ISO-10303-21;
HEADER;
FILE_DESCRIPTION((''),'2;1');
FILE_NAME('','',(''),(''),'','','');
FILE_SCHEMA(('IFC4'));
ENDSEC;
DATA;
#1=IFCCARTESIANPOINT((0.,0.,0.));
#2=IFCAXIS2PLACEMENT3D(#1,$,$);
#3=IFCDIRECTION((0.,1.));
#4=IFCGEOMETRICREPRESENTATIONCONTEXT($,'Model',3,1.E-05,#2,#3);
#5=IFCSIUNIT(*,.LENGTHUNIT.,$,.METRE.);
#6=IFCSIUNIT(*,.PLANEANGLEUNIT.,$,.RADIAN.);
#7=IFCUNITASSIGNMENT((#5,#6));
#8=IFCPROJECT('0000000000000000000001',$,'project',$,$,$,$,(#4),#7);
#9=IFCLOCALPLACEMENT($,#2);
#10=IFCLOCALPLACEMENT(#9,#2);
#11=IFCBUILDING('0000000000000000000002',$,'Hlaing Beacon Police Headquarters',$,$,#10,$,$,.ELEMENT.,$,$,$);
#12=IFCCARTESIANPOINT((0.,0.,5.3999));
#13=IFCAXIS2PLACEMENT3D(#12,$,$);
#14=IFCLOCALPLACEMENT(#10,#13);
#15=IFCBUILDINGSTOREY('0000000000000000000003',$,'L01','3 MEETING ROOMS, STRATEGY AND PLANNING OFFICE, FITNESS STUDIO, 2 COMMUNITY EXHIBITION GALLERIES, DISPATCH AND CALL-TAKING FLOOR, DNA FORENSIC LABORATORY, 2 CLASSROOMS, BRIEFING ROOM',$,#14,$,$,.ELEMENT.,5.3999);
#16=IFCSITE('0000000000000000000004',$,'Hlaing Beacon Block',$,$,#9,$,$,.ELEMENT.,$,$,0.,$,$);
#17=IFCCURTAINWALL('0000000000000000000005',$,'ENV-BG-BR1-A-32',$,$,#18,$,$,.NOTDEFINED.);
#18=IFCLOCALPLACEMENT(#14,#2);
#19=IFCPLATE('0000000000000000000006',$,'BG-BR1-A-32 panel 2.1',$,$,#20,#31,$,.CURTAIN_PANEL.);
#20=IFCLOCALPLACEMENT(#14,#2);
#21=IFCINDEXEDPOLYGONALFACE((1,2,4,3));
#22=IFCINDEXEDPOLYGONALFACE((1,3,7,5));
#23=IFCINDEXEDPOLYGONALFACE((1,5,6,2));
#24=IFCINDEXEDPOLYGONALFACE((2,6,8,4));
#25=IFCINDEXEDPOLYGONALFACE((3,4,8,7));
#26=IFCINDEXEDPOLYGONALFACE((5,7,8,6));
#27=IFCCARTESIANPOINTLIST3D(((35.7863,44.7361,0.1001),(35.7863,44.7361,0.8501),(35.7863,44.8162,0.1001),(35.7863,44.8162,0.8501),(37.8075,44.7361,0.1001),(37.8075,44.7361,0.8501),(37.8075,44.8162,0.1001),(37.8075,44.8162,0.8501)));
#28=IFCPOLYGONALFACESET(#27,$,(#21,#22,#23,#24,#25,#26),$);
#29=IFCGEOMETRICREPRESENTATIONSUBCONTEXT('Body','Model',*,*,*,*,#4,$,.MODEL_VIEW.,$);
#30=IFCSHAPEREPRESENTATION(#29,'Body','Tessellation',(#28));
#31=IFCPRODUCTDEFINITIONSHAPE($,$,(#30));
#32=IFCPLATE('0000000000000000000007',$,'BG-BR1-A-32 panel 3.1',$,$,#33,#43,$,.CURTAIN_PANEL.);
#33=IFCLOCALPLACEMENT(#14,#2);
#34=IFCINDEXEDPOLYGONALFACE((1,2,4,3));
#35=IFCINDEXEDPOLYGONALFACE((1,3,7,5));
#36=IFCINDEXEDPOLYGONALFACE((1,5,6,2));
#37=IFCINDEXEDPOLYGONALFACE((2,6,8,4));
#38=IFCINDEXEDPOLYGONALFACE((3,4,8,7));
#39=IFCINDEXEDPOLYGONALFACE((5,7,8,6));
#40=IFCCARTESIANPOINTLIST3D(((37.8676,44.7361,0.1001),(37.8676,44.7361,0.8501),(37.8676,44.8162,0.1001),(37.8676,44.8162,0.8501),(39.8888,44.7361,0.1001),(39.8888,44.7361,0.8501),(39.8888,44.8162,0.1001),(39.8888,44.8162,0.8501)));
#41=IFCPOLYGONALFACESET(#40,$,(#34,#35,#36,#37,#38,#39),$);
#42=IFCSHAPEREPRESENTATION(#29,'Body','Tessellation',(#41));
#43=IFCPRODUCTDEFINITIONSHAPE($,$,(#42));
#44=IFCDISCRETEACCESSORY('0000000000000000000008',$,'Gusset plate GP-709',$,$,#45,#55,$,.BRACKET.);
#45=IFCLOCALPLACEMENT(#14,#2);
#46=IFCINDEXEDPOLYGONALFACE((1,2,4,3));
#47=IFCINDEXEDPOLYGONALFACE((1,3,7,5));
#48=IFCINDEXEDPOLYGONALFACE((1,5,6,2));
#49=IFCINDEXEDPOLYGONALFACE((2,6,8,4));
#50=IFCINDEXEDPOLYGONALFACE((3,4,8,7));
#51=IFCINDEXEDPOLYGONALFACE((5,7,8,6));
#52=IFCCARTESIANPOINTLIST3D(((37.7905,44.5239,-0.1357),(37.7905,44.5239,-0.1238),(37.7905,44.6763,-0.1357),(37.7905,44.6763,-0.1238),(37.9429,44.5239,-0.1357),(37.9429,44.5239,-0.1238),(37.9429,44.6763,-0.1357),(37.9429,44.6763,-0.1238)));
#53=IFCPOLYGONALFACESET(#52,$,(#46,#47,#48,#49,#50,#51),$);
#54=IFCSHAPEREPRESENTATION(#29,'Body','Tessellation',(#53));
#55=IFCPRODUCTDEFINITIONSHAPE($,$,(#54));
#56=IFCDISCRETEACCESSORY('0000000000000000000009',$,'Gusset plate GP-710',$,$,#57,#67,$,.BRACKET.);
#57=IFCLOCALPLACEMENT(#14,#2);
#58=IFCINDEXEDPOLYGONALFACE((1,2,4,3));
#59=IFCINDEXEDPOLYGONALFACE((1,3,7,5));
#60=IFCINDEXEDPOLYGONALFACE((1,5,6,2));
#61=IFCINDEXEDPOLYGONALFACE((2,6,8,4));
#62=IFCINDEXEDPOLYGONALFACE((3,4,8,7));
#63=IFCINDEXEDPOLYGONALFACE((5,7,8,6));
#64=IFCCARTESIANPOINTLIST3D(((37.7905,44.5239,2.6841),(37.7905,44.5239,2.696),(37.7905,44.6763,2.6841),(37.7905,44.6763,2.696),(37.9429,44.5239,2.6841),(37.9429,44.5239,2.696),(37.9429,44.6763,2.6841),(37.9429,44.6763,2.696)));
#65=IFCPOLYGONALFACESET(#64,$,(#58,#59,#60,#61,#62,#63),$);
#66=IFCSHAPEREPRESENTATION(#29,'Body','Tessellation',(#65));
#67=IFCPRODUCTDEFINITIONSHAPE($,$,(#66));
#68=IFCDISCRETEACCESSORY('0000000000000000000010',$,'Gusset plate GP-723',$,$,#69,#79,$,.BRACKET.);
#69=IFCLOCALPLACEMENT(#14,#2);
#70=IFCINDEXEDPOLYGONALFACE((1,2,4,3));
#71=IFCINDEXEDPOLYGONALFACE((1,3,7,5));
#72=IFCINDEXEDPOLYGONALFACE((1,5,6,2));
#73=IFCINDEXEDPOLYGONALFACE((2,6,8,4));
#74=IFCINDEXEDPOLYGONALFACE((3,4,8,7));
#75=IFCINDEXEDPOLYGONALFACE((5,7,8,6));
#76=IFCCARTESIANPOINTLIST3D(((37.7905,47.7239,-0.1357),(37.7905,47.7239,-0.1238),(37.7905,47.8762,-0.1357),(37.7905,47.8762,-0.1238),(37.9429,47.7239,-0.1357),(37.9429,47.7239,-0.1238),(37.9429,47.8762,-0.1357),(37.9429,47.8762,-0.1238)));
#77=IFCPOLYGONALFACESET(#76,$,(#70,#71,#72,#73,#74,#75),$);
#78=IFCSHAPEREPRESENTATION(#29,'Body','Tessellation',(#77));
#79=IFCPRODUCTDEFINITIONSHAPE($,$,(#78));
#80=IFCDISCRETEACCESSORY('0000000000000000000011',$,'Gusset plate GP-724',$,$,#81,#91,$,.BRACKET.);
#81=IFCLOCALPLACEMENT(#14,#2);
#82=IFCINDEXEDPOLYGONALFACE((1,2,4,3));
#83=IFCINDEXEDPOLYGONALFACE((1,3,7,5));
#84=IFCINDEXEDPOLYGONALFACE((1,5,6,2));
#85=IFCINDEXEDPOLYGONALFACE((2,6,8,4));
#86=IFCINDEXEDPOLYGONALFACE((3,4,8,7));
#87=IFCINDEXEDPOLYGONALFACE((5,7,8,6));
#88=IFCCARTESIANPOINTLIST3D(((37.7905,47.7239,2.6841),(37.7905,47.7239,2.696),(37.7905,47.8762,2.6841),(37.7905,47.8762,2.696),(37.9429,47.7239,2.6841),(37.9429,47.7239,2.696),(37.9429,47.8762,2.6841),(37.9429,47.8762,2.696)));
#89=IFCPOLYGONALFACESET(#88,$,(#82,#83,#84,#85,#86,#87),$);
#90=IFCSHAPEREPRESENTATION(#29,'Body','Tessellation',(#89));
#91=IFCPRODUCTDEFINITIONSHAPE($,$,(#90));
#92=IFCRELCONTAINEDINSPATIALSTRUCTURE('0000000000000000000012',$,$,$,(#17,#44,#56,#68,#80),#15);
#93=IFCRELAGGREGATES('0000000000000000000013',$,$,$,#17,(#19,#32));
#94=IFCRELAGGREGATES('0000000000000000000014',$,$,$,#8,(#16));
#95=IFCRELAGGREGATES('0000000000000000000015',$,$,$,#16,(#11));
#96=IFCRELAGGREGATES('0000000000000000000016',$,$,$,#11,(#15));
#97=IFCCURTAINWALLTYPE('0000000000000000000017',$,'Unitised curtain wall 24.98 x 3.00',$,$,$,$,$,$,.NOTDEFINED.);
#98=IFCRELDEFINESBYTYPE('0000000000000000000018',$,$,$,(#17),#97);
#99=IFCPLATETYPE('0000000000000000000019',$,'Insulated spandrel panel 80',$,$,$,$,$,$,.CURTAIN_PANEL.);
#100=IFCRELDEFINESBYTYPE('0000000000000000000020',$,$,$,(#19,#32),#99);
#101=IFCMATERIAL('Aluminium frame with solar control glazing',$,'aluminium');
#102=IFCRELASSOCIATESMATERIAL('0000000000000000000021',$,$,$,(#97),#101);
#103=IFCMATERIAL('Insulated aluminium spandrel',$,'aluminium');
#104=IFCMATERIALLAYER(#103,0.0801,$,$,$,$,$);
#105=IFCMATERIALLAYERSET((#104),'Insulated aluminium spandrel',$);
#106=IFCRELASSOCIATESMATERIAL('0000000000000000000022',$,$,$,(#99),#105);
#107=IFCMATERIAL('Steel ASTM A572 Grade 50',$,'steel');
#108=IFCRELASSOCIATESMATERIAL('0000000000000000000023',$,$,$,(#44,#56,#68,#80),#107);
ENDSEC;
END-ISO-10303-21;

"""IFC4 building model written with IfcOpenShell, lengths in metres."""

from ifc_helpers import new_model, si_unit, direction, frame, origin, origin_2d, place, context, subcontext, project, spatial, rectangle, extrude, material, layer, layer_set, type_object, element, aggregate, save


model = new_model("IFC4")

# Units and contexts
model_context = context("Model", 3, precision=1e-05, world=origin(), true_north=direction((0.0, 1.0)))
body_context = subcontext(model_context, "Body", "Model", "MODEL_VIEW")
ifc_project = project(units=[si_unit("LENGTHUNIT", "METRE"), si_unit("PLANEANGLEUNIT", "RADIAN")], contexts=[model_context])

# Site, building, storey
site_placement = place(None, origin())
site = spatial("IfcSite", under=ifc_project, at=site_placement, Name="Hlaing Beacon Block", CompositionType="ELEMENT", RefElevation=0.0)
building_placement = place(site_placement, origin())
building = spatial("IfcBuilding", under=site, at=building_placement, Name="Hlaing Beacon Police Headquarters", CompositionType="ELEMENT")
storey_placement = place(building_placement, frame((0.0, 0.0, 5.3999)))
storey = spatial("IfcBuildingStorey", under=building, at=storey_placement, Name="L01", Description="3 MEETING ROOMS, STRATEGY AND PLANNING OFFICE, FITNESS STUDIO, 2 COMMUNITY EXHIBITION GALLERIES, DISPATCH AND CALL-TAKING FLOOR, DNA FORENSIC LABORATORY, 2 CLASSROOMS, BRIEFING ROOM", CompositionType="ELEMENT", Elevation=5.3999)

# Curtain wall
ifc_material_1 = material(Name="Aluminium frame with solar control glazing", Category="aluminium")
curtain_wall_type = type_object("IfcCurtainWallType", Name="Unitised curtain wall 24.98 x 3.00", PredefinedType="NOTDEFINED", material=ifc_material_1)
curtain_wall_1_placement = place(storey_placement, origin())
curtain_wall_1 = element("IfcCurtainWall", 1, at=curtain_wall_1_placement, inside=storey, type_object=curtain_wall_type, Name="ENV-BG-BR1-A-32", PredefinedType="NOTDEFINED")

# Plates
ifc_material_2 = material(Name="Insulated aluminium spandrel", Category="aluminium")
ifc_layer_1 = layer(ifc_material_2, 0.0801)
ifc_layer_set_1 = layer_set([ifc_layer_1], Name="Insulated aluminium spandrel")
plate_type_1 = type_object("IfcPlateType", Name="Insulated spandrel panel 80", PredefinedType="CURTAIN_PANEL", material=ifc_layer_set_1)
plate_1_placement = place(storey_placement, frame((36.7969, 44.7761, 0.1001), z_axis=(0.0, 0.0, 1.0), x_axis=(1.0, 0.0, 0.0)))
plate_1 = element("IfcPlate", 2, at=plate_1_placement, type_object=plate_type_1, Name="BG-BR1-A-32 panel 2.1", PredefinedType="CURTAIN_PANEL", context=body_context, shape_type="SweptSolid", body=[
    extrude(rectangle(XDim=2.0212, YDim=0.0801, at=origin_2d()), origin(), (0.0, 0.0, 1.0), 0.75),
])
plate_2_placement = place(storey_placement, frame((38.8782, 44.7761, 0.1001), z_axis=(0.0, 0.0, 1.0), x_axis=(1.0, 0.0, 0.0)))
plate_2 = element("IfcPlate", 3, at=plate_2_placement, type_object=plate_type_1, Name="BG-BR1-A-32 panel 3.1", PredefinedType="CURTAIN_PANEL", context=body_context, shape_type="SweptSolid", body=[
    extrude(rectangle(XDim=2.0212, YDim=0.0801, at=origin_2d()), origin(), (0.0, 0.0, 1.0), 0.75),
])
aggregate(curtain_wall_1, [plate_1, plate_2])

# Discrete accessories
ifc_material_3 = material(Name="Steel ASTM A572 Grade 50", Category="steel")
for number, where, z_axis, x_axis, name in (
    (4, (37.8667, 44.6001, -0.1238), (0.0, 0.0, -1.0), (1.0, 0.0, 0.0), "Gusset plate GP-709"),
    (5, (37.8667, 44.6001, 2.6841), (0.0, 0.0, 1.0), (1.0, 0.0, 0.0), "Gusset plate GP-710"),
    (6, (37.8667, 47.8, -0.1238), (0.0, 0.0, -1.0), (1.0, 0.0, 0.0), "Gusset plate GP-723"),
    (7, (37.8667, 47.8, 2.6841), (0.0, 0.0, 1.0), (1.0, 0.0, 0.0), "Gusset plate GP-724"),
):
    element("IfcDiscreteAccessory", number, at=place(storey_placement, frame(where, z_axis=z_axis, x_axis=x_axis)), inside=storey, material=ifc_material_3, Name=name, PredefinedType="BRACKET", context=body_context, shape_type="SweptSolid", body=[
        extrude(rectangle(XDim=0.1523, YDim=0.1523, at=origin_2d()), origin(), (0.0, 0.0, 1.0), 0.012),
    ])

save(model, "model.ifc")
